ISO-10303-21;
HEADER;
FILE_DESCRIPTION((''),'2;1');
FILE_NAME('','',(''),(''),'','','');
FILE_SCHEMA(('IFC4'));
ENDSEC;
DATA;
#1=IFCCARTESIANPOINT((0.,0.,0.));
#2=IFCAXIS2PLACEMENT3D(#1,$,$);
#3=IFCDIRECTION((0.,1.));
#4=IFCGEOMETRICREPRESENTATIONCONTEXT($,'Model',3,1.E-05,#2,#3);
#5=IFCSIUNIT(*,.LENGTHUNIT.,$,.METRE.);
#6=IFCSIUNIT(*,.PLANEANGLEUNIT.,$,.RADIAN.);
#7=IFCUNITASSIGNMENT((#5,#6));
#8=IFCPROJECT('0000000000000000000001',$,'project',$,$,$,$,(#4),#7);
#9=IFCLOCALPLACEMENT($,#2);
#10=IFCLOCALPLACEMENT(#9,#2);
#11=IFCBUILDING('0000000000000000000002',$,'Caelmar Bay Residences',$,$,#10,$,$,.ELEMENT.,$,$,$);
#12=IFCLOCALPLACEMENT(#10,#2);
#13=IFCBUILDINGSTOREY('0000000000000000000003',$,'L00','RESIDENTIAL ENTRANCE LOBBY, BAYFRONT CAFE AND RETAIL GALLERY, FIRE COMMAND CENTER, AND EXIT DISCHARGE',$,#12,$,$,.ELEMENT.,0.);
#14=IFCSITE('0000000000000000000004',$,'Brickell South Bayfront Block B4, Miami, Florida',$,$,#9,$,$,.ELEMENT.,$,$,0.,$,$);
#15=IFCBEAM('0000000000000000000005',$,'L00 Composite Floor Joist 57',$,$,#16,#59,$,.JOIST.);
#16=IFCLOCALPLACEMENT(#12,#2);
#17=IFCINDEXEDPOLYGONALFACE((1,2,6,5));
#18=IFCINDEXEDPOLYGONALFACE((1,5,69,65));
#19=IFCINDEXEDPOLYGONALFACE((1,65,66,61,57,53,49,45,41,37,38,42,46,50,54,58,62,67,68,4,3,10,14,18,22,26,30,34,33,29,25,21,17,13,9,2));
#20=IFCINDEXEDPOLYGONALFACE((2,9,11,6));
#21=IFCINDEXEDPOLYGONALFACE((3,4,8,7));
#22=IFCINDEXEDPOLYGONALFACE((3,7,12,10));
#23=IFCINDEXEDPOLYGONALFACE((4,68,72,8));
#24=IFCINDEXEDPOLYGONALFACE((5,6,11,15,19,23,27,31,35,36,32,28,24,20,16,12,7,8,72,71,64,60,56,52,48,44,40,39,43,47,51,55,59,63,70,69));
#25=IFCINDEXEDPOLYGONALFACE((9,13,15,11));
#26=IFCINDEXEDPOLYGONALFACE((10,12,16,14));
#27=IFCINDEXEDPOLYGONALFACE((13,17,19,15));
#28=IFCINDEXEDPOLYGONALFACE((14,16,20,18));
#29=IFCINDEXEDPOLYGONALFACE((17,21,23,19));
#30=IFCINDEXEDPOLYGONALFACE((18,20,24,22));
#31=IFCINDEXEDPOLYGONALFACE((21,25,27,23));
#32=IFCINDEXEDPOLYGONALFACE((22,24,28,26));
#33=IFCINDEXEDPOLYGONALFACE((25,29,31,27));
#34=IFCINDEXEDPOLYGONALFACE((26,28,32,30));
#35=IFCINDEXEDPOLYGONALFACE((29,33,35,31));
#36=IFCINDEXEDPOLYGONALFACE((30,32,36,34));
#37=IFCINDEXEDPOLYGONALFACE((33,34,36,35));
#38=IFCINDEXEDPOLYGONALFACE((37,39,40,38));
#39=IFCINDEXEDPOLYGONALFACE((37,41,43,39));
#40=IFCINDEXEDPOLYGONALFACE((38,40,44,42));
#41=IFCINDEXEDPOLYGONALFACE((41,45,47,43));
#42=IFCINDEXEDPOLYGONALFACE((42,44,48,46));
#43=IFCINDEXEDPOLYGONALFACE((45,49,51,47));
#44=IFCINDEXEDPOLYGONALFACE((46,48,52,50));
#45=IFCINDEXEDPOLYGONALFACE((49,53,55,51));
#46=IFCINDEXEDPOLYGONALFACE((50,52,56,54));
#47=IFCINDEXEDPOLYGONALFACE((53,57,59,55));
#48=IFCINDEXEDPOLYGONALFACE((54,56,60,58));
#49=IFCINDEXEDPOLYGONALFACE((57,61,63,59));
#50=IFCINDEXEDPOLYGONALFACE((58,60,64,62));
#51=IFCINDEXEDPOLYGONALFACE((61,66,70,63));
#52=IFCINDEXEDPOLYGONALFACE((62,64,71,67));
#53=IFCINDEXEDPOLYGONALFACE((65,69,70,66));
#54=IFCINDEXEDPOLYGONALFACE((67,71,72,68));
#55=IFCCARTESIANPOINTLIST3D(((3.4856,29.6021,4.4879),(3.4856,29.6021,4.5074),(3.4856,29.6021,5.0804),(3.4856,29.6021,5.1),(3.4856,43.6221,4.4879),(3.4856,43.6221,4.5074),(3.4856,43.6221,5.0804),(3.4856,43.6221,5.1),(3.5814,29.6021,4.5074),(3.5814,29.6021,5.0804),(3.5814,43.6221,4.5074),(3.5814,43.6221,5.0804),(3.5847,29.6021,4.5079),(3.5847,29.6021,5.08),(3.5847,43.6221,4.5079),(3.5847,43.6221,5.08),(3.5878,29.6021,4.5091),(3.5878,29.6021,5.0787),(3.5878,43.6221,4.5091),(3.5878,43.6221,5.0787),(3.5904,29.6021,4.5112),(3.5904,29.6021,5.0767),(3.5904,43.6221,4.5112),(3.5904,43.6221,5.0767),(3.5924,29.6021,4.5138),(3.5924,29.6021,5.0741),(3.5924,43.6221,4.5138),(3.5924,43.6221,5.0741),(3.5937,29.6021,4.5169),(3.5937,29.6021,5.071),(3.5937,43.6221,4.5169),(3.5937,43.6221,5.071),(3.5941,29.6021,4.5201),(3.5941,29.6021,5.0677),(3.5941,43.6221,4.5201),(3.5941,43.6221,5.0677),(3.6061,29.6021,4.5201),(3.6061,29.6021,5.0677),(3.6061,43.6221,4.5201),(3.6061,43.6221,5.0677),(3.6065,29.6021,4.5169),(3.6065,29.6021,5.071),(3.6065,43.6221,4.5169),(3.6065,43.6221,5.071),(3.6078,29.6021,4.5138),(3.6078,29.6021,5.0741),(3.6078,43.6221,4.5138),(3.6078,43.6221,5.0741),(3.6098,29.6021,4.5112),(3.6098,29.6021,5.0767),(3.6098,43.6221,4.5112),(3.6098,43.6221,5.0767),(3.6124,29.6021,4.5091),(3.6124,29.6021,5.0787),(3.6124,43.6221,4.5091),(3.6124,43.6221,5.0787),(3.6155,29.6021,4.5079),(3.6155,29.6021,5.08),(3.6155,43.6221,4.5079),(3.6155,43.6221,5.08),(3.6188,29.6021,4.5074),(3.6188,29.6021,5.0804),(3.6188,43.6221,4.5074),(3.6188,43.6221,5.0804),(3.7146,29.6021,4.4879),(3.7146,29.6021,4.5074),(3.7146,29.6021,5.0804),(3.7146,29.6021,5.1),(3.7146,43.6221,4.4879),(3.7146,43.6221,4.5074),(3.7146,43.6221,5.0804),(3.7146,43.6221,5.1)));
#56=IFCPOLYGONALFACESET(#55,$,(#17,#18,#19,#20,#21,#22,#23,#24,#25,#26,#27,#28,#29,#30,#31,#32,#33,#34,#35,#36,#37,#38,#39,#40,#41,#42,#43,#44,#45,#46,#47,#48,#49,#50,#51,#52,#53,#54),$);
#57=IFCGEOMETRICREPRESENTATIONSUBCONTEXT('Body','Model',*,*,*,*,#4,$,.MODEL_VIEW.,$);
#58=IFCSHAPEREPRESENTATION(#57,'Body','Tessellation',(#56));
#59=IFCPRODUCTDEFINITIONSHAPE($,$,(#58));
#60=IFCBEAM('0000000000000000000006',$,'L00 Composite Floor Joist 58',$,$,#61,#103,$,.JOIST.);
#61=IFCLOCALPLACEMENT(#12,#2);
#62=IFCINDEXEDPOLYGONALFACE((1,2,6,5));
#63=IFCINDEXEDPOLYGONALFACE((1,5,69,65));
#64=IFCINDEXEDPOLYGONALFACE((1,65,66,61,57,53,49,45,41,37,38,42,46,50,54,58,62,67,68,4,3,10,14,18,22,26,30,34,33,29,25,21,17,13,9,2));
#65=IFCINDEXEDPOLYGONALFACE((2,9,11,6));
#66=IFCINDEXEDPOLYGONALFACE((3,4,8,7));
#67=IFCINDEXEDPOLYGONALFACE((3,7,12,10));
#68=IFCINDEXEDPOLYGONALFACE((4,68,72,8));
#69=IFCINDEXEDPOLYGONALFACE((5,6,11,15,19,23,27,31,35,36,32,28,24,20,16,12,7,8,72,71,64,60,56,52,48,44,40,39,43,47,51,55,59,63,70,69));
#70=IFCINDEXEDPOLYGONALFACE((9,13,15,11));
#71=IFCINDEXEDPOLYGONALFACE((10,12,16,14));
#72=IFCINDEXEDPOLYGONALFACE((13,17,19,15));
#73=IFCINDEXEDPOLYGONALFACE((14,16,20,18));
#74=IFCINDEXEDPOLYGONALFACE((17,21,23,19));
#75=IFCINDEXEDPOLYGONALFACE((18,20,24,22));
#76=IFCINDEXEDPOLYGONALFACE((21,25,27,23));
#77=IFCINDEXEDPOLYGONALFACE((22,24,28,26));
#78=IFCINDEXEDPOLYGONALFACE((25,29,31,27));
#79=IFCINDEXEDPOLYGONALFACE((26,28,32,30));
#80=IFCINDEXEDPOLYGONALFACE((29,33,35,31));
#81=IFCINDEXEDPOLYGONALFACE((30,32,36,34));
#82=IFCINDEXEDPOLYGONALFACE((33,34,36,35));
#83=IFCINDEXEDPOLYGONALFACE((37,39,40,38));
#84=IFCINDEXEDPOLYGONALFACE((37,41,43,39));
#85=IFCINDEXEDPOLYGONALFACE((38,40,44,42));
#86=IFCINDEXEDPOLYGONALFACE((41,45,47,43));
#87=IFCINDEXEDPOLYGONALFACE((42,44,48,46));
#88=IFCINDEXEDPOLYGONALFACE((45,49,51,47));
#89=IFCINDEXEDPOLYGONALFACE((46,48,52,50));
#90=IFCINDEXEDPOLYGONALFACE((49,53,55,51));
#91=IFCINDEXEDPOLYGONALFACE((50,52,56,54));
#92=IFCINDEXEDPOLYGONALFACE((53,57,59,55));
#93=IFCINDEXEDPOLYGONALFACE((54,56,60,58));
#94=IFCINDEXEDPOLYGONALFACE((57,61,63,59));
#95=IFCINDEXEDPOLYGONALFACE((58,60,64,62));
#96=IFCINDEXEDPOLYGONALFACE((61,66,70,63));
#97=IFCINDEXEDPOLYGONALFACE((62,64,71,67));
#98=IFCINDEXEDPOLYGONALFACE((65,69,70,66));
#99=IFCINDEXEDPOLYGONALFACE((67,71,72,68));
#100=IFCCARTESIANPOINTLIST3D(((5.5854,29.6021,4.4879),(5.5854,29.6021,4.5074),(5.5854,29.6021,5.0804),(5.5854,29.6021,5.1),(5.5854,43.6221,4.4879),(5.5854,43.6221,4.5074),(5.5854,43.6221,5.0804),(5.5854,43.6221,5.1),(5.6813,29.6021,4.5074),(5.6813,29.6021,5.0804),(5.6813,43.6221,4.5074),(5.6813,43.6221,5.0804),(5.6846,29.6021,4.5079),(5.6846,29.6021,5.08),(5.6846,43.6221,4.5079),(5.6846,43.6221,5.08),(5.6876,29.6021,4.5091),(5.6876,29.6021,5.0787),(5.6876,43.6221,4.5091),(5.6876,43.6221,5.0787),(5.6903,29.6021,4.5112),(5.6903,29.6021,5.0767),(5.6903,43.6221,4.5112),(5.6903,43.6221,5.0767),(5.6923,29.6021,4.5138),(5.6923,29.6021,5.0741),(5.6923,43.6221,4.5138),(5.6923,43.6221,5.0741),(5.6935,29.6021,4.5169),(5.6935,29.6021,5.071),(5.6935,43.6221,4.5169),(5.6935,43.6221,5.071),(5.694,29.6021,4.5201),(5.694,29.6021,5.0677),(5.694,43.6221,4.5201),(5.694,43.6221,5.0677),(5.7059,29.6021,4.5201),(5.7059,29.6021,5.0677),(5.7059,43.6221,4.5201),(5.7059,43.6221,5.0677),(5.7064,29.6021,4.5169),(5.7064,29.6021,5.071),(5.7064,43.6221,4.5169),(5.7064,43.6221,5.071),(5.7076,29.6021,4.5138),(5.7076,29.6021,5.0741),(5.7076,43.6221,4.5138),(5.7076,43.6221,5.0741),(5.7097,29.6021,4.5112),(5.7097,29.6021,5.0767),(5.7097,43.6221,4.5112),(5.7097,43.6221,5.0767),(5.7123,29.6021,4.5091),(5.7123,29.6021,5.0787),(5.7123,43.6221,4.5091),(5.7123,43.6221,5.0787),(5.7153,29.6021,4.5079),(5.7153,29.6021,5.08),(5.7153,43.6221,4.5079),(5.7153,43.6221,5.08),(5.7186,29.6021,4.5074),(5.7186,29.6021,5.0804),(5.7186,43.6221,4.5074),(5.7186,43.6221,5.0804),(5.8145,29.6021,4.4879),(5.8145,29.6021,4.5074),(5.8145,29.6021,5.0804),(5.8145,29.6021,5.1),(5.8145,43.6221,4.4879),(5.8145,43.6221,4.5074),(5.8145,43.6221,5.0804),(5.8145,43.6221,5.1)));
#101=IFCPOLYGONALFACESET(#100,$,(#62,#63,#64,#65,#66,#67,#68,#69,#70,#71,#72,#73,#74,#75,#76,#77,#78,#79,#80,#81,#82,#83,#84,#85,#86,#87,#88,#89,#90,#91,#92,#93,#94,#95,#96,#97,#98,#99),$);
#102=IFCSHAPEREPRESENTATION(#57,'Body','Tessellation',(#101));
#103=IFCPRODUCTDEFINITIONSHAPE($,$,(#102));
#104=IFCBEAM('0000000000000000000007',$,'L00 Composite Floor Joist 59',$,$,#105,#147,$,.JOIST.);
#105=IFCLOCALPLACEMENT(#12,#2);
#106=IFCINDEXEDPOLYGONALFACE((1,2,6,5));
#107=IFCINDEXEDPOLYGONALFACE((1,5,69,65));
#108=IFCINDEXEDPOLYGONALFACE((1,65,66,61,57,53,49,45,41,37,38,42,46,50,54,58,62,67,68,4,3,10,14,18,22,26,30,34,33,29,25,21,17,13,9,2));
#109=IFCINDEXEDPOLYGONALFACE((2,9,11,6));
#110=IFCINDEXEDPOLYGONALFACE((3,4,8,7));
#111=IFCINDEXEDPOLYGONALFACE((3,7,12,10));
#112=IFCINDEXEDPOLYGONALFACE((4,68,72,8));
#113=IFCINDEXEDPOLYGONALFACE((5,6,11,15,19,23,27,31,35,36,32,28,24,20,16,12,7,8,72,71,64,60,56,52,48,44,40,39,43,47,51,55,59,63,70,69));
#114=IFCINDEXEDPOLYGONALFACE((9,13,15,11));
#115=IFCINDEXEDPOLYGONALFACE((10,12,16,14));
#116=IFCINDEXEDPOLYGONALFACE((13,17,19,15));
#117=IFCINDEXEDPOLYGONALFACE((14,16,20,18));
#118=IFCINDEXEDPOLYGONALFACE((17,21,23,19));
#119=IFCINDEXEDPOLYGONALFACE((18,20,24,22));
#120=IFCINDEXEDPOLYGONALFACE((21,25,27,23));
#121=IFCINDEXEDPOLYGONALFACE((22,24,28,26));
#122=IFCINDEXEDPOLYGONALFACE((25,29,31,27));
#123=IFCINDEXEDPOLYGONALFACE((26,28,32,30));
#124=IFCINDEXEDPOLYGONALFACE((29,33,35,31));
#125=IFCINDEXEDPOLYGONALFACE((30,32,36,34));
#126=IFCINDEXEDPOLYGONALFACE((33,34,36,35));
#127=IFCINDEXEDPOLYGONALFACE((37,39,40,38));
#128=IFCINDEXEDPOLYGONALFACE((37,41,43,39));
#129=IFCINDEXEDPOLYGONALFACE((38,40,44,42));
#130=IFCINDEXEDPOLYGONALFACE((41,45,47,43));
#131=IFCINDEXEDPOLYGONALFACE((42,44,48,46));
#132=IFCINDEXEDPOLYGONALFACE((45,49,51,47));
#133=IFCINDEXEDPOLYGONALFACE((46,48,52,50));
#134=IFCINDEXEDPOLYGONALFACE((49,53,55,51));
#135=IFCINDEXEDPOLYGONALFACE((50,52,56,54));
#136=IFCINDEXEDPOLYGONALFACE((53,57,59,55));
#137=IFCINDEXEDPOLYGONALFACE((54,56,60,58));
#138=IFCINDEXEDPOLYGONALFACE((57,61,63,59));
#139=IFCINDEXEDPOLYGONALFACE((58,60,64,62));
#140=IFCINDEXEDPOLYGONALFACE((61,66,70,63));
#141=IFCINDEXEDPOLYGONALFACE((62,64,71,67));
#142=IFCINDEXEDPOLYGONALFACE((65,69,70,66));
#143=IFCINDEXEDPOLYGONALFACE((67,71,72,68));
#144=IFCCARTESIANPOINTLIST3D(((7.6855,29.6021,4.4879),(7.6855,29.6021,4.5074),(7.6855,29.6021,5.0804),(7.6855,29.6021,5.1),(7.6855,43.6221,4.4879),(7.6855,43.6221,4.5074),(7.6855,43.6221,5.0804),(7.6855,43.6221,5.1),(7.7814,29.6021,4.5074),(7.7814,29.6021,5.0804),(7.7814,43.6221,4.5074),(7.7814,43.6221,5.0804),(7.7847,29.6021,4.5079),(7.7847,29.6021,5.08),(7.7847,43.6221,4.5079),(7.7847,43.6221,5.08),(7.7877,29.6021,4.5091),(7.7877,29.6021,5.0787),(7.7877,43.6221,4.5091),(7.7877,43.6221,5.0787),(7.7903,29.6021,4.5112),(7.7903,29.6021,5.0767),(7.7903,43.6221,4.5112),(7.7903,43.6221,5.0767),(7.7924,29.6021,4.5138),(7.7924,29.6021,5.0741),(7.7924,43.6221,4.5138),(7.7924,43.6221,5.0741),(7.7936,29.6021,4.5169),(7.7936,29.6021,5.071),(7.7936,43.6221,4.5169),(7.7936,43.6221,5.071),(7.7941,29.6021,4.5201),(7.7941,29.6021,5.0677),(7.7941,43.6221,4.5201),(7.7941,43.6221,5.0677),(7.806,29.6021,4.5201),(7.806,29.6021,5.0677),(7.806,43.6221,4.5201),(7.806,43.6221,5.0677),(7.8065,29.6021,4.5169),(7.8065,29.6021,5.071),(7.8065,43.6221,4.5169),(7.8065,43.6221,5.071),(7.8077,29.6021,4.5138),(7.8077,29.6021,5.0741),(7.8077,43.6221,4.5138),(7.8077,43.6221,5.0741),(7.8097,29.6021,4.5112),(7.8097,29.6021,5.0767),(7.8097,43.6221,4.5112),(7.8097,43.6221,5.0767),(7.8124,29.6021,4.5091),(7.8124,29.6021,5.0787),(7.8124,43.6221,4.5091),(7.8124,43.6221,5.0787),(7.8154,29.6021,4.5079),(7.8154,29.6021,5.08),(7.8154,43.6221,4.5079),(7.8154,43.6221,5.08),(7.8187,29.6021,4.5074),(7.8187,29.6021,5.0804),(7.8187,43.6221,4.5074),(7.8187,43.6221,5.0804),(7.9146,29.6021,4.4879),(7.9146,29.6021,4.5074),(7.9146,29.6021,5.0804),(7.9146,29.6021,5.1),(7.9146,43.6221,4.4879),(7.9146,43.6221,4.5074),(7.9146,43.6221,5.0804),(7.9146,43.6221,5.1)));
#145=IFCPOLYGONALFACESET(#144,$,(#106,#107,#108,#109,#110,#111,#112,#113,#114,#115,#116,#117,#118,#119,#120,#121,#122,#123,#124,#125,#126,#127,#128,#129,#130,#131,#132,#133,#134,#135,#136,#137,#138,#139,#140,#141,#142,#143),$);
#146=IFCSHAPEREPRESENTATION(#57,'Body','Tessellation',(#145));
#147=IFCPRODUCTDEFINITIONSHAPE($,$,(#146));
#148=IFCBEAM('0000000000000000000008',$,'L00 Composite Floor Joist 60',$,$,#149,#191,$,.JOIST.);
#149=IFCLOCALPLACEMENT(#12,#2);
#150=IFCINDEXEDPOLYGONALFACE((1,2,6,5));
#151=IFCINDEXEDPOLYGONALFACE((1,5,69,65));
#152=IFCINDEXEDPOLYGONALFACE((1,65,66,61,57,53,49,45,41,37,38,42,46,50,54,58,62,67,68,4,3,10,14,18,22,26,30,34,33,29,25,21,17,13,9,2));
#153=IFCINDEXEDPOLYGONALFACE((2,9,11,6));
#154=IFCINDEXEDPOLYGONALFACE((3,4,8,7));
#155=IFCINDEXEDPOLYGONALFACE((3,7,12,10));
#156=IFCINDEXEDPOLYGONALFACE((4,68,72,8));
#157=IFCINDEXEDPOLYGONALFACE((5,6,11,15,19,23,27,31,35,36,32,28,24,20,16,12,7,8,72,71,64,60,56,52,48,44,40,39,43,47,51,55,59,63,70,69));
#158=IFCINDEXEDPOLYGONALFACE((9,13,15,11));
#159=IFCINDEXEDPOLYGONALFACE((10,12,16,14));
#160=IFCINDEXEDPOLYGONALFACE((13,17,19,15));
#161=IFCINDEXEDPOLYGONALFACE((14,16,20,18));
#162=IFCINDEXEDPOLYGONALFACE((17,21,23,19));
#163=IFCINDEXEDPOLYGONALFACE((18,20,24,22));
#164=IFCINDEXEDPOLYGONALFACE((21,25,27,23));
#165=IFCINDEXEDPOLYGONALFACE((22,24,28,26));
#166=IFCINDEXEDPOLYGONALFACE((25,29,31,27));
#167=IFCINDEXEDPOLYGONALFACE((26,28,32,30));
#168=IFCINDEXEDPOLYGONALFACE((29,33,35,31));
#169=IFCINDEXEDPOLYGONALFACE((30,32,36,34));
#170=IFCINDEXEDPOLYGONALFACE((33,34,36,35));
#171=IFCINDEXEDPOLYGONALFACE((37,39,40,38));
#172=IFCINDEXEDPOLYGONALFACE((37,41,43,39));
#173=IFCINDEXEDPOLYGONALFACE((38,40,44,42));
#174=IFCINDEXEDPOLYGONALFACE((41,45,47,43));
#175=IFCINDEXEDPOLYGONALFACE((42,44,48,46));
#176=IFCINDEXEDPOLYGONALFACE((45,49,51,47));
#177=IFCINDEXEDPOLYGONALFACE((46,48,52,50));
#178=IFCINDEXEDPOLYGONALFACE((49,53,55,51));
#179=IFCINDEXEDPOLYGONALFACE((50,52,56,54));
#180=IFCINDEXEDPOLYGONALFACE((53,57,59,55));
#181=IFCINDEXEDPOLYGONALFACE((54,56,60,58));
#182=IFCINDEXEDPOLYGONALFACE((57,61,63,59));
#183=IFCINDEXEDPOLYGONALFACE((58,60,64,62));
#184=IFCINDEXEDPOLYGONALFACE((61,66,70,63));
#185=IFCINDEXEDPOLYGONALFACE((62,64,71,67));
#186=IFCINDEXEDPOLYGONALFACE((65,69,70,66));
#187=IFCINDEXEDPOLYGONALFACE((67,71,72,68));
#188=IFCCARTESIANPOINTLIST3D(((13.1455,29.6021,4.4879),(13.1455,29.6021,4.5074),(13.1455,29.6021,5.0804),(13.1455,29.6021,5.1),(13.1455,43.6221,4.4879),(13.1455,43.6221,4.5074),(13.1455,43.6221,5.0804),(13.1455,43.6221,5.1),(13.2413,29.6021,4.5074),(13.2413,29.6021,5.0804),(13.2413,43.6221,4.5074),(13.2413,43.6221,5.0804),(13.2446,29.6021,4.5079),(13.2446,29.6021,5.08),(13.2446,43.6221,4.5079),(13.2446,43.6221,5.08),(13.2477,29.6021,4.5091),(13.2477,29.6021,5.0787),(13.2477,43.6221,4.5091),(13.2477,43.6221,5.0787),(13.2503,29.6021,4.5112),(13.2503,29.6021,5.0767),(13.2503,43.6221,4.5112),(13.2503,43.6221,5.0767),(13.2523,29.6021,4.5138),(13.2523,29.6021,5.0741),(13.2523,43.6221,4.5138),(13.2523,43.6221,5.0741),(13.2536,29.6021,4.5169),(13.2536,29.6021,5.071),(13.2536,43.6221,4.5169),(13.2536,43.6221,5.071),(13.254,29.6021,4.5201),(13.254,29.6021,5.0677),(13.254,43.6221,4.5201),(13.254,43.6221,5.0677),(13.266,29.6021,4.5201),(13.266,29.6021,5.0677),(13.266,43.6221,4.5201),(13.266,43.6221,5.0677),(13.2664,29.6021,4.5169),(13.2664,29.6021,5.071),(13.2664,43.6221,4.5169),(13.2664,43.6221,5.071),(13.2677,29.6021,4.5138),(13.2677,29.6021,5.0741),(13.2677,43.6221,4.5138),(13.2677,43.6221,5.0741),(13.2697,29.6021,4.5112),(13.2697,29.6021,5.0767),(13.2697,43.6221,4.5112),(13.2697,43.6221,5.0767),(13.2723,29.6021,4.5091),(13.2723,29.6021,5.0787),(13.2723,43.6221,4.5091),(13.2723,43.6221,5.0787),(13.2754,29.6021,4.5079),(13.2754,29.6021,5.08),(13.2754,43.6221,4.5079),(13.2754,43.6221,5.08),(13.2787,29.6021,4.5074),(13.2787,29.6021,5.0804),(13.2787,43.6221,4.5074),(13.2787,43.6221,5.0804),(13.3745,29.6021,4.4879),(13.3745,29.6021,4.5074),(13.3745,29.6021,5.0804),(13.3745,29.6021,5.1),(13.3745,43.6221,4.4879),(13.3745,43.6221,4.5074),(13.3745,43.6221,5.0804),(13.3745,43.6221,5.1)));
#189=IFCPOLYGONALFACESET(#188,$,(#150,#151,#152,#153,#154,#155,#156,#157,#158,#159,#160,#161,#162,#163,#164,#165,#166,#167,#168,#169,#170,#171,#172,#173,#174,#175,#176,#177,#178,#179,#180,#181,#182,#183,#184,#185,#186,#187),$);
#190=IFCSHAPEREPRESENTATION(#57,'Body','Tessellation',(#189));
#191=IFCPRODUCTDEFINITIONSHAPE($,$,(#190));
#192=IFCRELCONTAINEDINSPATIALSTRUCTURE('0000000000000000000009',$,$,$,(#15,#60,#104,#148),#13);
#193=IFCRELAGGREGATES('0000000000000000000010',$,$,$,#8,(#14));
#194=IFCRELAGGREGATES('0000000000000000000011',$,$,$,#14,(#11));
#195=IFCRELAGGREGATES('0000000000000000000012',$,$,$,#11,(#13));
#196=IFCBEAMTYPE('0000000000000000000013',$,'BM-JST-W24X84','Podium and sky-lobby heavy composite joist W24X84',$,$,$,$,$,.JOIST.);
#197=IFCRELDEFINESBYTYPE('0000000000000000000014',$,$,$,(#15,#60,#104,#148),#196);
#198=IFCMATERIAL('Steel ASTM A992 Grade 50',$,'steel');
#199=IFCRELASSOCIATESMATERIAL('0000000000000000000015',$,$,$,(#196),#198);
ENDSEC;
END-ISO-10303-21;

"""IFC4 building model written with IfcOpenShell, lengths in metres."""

from ifc_helpers import new_model, si_unit, direction, frame, origin, origin_2d, place, context, subcontext, project, spatial, i_section, extrude, material, material_profile, profile_set, type_object, element, save


model = new_model("IFC4")

# Units and contexts
model_context = context("Model", 3, precision=1e-05, world=origin(), true_north=direction((0.0, 1.0)))
body_context = subcontext(model_context, "Body", "Model", "MODEL_VIEW")
ifc_project = project(units=[si_unit("LENGTHUNIT", "METRE"), si_unit("PLANEANGLEUNIT", "RADIAN")], contexts=[model_context])

# Site, building, storey
site_placement = place(None, origin())
site = spatial("IfcSite", under=ifc_project, at=site_placement, Name="Brickell South Bayfront Block B4, Miami, Florida", CompositionType="ELEMENT", RefElevation=0.0)
building_placement = place(site_placement, origin())
building = spatial("IfcBuilding", under=site, at=building_placement, Name="Caelmar Bay Residences", CompositionType="ELEMENT")
storey_placement = place(building_placement, origin())
storey = spatial("IfcBuildingStorey", under=building, at=storey_placement, Name="L00", Description="RESIDENTIAL ENTRANCE LOBBY, BAYFRONT CAFE AND RETAIL GALLERY, FIRE COMMAND CENTER, AND EXIT DISCHARGE", CompositionType="ELEMENT", Elevation=0.0)

# Beams
ifc_material_1 = material(Name="Steel ASTM A992 Grade 50", Category="steel")
ifc_material_profile_1 = material_profile(ifc_material_1, i_section(OverallWidth=0.229, OverallDepth=0.6121, WebThickness=0.012, FlangeThickness=0.0195, FilletRadius=0.0127, at=origin_2d()), Name="W24X84")
ifc_profile_set_1 = profile_set([ifc_material_profile_1], Name="Steel ASTM A992 Grade 50")
beam_type_1 = type_object("IfcBeamType", Name="BM-JST-W24X84", Description="Podium and sky-lobby heavy composite joist W24X84", PredefinedType="JOIST", material=ifc_profile_set_1)
for number, where, z_axis, x_axis, name in (
    (1, (3.6001, 29.6021, 4.7939), (0.0, 1.0, 0.0), (-1.0, 0.0, 0.0), "L00 Composite Floor Joist 57"),
    (2, (5.7, 29.6021, 4.7939), (0.0, 1.0, 0.0), (-1.0, 0.0, 0.0), "L00 Composite Floor Joist 58"),
    (3, (7.8, 29.6021, 4.7939), (0.0, 1.0, 0.0), (-1.0, 0.0, 0.0), "L00 Composite Floor Joist 59"),
    (4, (13.26, 29.6021, 4.7939), (0.0, 1.0, 0.0), (-1.0, 0.0, 0.0), "L00 Composite Floor Joist 60"),
):
    element("IfcBeam", number, at=place(storey_placement, frame(where, z_axis=z_axis, x_axis=x_axis)), inside=storey, type_object=beam_type_1, Name=name, PredefinedType="JOIST", context=body_context, shape_type="SweptSolid", body=[
        extrude(i_section(OverallWidth=0.229, OverallDepth=0.6121, WebThickness=0.012, FlangeThickness=0.0195, FilletRadius=0.0127, at=origin_2d()), origin(), (0.0, 0.0, 1.0), 14.02),
    ])

save(model, "model.ifc")
